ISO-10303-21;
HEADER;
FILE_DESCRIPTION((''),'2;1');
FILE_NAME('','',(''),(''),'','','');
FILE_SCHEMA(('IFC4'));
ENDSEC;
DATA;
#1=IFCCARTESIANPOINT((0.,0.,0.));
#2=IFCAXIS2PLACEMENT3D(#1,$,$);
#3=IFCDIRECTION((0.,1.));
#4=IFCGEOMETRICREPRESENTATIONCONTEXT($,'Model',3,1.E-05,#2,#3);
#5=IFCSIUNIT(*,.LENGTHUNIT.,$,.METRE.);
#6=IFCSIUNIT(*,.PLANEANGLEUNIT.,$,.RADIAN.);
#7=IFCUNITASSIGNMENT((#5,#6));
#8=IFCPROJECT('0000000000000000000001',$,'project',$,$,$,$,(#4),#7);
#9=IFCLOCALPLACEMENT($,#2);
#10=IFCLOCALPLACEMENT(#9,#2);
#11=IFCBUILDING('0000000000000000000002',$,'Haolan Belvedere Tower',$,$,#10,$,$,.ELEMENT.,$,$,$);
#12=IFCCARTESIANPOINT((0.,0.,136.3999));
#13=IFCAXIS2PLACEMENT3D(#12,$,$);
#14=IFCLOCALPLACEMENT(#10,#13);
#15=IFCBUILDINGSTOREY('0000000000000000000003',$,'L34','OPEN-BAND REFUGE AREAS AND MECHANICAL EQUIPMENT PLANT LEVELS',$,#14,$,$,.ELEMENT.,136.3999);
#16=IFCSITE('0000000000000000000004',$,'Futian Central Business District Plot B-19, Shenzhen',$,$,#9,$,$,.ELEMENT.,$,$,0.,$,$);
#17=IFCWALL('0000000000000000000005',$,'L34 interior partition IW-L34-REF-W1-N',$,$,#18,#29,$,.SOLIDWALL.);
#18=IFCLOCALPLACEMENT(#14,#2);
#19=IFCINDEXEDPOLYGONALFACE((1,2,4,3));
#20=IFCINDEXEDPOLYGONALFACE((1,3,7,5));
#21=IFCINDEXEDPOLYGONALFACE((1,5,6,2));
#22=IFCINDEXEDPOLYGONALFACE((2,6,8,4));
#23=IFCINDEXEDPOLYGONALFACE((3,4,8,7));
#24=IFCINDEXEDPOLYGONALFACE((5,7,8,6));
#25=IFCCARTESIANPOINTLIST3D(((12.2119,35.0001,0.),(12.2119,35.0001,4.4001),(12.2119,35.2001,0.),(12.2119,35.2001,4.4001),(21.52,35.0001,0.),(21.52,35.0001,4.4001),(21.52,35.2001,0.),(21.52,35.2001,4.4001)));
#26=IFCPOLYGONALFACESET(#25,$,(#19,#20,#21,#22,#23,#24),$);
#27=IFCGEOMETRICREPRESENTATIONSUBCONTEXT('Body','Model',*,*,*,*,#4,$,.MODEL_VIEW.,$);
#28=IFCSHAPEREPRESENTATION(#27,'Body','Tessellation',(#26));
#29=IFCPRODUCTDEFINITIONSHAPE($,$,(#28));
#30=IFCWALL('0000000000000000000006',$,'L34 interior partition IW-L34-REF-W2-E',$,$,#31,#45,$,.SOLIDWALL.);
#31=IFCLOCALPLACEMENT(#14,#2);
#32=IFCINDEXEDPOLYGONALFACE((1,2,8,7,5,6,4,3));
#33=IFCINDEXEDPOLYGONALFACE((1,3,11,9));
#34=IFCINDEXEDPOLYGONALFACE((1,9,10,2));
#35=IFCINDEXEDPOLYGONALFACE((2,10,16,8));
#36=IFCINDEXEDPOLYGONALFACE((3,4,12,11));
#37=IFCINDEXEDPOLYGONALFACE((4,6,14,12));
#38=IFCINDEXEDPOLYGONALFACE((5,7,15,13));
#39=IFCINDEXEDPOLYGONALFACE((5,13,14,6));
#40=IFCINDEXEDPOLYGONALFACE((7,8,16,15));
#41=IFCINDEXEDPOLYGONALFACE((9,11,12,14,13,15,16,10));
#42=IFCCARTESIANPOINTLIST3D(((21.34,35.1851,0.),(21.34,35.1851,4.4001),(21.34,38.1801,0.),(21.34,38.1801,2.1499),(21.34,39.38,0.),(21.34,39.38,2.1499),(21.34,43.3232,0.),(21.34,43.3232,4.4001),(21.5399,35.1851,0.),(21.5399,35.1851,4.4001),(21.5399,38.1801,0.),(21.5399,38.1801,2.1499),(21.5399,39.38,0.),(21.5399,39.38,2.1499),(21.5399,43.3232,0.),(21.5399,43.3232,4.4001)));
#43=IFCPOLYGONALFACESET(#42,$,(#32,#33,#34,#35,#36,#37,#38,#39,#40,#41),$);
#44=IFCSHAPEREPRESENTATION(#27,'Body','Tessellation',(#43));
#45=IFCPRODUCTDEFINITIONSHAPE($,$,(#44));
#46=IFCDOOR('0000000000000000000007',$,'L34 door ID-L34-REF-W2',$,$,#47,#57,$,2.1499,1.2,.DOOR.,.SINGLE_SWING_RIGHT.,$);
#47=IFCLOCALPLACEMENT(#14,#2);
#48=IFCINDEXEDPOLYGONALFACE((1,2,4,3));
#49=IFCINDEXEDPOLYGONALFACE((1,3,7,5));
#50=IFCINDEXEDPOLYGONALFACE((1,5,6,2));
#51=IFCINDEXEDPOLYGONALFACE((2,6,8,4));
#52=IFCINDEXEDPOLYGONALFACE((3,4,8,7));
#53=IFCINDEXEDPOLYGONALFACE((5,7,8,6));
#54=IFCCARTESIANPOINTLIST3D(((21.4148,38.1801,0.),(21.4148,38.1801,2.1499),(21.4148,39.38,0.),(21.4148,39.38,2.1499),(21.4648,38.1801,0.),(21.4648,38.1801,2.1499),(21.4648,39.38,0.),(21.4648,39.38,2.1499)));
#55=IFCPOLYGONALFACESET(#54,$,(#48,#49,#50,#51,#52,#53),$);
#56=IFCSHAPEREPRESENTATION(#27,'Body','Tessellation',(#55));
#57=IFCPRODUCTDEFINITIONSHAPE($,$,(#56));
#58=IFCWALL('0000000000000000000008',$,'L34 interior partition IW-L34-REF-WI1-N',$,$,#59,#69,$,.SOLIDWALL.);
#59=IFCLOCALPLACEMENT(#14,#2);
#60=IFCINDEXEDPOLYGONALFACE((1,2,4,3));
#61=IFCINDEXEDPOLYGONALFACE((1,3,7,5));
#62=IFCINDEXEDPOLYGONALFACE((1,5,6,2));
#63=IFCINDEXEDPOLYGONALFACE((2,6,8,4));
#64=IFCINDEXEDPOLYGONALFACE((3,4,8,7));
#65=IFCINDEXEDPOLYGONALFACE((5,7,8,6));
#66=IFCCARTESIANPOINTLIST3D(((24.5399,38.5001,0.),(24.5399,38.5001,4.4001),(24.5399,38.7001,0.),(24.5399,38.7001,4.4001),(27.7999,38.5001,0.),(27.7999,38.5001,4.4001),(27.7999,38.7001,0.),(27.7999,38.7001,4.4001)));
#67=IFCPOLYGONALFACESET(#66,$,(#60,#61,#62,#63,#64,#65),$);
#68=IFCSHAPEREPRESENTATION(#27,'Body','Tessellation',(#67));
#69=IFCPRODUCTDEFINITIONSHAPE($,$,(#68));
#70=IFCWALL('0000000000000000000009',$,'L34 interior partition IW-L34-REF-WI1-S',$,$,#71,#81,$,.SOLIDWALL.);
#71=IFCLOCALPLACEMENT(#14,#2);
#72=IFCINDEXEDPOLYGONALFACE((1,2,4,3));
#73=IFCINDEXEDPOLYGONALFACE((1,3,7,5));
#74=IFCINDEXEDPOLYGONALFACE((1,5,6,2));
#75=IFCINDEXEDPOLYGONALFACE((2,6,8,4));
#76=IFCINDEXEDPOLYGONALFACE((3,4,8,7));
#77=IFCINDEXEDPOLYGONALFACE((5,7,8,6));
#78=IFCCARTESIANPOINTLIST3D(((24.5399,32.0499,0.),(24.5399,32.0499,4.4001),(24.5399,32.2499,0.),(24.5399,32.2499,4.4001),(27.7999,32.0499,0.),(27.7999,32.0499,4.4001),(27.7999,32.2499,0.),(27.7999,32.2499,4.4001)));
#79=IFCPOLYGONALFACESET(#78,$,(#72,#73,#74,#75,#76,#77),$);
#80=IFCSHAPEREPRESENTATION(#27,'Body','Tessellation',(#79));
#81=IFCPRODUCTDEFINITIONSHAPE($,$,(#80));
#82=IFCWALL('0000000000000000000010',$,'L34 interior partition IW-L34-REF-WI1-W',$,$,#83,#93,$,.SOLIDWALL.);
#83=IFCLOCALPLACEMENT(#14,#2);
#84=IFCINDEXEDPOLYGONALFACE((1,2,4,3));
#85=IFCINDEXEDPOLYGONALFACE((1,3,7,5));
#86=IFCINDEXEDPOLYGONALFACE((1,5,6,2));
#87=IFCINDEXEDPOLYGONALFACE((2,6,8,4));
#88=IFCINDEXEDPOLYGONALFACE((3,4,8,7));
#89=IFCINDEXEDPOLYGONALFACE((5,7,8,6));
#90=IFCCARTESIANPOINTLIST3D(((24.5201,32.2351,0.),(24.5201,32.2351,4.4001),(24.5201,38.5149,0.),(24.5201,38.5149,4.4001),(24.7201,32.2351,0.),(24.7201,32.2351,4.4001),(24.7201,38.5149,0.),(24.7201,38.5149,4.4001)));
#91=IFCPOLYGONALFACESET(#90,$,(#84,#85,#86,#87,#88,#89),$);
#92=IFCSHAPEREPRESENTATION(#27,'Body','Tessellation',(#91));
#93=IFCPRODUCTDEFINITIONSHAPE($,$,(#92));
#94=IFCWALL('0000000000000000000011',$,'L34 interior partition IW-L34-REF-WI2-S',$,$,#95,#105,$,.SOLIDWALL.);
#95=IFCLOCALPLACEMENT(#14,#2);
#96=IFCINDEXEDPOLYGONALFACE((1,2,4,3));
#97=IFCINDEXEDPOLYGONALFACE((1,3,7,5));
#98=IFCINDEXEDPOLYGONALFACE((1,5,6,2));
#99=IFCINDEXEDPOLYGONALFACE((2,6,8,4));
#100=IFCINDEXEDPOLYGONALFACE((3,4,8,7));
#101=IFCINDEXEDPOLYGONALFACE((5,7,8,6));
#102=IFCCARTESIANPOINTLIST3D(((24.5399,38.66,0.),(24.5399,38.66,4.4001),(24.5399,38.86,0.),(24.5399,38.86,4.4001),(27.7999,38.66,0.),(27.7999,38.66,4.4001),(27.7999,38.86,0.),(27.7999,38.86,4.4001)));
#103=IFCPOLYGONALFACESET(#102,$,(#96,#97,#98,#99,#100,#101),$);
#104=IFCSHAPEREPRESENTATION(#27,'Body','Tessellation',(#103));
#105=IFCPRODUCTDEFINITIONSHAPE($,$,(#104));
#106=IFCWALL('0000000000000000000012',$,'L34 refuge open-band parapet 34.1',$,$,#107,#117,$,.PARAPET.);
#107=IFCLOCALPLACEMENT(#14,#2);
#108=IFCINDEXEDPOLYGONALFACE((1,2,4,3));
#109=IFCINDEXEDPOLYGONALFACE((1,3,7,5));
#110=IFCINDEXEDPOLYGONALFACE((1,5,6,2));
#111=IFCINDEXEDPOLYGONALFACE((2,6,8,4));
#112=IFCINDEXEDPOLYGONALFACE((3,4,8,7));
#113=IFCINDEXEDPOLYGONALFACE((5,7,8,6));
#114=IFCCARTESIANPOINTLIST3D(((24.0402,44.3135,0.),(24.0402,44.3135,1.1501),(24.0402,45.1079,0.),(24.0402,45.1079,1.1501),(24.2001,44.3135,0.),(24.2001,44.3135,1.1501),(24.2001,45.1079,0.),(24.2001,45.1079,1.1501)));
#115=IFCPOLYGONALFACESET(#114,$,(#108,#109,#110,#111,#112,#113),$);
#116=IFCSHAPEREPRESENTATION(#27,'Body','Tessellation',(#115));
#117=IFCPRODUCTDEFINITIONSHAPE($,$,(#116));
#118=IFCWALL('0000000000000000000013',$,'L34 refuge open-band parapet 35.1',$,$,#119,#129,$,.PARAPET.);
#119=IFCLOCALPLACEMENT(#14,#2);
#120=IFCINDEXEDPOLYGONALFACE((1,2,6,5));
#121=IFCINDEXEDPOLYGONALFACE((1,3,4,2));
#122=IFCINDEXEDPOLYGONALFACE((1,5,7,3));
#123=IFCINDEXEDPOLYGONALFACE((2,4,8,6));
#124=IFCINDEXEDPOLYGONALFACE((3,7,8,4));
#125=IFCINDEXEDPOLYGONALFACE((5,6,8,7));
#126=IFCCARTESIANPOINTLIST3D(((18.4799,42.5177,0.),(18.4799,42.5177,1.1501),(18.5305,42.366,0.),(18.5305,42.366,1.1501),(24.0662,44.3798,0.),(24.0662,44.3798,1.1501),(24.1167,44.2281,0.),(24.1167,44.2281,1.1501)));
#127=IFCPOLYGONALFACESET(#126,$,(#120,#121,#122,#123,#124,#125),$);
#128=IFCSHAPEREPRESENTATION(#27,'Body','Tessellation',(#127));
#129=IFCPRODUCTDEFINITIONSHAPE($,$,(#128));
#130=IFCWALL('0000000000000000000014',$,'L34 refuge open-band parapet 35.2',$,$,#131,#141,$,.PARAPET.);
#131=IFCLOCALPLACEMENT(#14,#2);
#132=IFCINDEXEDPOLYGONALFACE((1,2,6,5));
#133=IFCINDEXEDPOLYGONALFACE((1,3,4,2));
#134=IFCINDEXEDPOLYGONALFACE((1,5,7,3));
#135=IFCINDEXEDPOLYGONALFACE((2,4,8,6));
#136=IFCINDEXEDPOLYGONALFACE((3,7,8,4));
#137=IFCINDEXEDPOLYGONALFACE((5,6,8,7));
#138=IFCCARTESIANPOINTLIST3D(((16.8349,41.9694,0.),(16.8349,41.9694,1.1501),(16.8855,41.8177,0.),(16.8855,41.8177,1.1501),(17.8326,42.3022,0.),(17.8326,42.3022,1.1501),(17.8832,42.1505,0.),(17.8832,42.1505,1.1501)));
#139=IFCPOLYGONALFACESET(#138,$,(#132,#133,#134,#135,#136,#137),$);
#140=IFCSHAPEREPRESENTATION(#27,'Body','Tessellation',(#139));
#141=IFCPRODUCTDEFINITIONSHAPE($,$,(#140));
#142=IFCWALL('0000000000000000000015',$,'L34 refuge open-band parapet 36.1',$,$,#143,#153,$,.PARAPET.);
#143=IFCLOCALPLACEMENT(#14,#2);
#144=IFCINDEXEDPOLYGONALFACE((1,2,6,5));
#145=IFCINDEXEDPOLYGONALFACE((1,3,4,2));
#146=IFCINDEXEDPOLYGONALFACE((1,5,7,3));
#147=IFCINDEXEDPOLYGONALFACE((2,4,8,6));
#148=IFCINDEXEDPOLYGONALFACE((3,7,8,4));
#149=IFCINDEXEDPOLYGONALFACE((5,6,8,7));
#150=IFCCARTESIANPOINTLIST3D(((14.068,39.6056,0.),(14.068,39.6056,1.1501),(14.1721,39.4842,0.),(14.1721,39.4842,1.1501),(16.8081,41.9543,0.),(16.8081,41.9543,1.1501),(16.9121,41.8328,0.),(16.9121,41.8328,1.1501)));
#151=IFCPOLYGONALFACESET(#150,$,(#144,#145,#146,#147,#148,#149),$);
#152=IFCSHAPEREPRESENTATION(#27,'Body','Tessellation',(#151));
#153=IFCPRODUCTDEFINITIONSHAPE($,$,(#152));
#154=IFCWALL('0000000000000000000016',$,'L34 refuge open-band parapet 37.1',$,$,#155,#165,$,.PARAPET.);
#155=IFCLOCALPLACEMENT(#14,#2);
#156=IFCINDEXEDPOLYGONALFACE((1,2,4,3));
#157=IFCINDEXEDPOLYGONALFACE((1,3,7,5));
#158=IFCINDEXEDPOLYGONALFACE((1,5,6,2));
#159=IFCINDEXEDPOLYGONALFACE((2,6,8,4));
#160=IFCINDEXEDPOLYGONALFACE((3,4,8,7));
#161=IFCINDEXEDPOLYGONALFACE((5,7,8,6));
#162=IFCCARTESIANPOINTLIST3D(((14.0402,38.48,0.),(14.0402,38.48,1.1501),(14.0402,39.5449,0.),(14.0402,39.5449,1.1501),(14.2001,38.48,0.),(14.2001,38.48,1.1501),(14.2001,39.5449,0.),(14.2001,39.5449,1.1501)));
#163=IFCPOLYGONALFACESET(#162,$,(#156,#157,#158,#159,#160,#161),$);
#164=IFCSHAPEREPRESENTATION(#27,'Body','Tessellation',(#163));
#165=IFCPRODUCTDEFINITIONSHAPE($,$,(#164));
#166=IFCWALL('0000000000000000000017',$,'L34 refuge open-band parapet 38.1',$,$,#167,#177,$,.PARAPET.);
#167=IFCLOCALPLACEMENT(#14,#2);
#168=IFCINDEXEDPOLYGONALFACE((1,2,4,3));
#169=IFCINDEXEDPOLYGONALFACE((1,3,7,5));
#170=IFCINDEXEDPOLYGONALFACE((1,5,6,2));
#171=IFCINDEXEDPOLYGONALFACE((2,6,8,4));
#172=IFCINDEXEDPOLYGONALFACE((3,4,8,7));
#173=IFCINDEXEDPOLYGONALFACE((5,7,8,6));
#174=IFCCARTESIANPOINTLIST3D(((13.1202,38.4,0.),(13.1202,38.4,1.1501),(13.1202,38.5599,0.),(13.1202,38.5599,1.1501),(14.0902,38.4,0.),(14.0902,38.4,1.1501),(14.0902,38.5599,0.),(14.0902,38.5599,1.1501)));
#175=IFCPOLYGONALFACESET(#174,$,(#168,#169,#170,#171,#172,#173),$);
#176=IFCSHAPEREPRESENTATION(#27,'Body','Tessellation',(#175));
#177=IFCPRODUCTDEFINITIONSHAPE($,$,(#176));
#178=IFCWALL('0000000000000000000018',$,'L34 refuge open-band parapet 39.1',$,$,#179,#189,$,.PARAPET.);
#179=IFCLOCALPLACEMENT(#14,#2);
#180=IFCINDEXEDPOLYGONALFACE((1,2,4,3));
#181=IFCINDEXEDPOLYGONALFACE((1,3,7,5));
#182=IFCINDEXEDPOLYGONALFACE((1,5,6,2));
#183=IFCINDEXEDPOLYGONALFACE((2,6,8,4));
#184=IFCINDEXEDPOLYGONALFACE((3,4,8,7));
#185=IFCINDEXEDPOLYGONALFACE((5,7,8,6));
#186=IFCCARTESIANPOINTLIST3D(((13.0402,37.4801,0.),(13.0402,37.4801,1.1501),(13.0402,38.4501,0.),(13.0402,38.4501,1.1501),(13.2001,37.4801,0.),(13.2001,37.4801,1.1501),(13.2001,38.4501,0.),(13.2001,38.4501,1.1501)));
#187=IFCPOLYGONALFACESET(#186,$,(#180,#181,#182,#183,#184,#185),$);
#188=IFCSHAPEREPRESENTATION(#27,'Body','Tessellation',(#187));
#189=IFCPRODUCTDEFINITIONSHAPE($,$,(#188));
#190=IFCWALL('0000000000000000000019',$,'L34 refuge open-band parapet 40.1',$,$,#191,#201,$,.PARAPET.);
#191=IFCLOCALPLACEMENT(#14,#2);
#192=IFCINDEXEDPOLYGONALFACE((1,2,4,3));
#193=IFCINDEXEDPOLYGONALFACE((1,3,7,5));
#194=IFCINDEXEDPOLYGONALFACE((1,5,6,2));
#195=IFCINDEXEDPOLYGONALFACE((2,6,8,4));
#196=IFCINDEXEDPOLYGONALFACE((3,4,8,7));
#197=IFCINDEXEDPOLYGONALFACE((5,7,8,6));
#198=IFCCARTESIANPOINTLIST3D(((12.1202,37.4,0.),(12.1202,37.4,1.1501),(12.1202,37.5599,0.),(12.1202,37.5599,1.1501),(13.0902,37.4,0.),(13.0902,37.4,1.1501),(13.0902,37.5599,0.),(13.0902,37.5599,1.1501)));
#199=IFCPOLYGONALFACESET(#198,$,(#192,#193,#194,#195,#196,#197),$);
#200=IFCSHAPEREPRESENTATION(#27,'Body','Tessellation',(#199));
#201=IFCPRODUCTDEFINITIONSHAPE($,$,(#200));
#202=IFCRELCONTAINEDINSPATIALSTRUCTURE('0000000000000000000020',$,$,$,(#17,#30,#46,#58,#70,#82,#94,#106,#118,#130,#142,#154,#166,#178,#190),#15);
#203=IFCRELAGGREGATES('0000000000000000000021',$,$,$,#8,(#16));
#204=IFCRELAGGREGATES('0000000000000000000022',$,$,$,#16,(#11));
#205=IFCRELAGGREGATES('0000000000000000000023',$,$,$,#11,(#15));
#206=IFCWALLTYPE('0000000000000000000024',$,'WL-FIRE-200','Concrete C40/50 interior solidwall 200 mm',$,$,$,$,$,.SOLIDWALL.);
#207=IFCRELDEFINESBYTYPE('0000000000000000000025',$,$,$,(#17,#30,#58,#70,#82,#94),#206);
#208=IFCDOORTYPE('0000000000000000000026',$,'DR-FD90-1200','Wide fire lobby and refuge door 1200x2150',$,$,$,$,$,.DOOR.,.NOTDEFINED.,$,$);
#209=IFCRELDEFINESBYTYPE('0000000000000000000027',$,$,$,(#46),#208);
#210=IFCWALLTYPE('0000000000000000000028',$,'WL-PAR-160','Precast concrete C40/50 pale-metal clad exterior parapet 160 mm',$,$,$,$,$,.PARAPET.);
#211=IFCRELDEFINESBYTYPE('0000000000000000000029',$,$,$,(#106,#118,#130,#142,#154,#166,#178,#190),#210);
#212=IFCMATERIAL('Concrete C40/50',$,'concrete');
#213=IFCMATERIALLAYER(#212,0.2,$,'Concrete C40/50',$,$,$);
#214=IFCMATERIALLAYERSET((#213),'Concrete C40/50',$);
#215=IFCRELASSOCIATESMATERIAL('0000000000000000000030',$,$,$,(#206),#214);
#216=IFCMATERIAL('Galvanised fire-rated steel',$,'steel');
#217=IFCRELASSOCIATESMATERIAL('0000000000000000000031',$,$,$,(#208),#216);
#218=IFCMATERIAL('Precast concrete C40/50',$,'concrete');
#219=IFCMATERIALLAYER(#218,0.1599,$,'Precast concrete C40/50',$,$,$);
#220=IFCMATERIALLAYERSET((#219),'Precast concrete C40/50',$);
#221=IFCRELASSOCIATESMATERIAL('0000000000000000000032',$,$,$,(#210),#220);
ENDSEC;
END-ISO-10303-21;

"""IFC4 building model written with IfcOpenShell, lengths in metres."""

from ifc_helpers import new_model, si_unit, direction, frame, frame_2d, origin, place, context, subcontext, project, spatial, rectangle, extrude, material, layer, layer_set, type_object, element, fill, save


model = new_model("IFC4")

# Units and contexts
model_context = context("Model", 3, precision=1e-05, world=origin(), true_north=direction((0.0, 1.0)))
body_context = subcontext(model_context, "Body", "Model", "MODEL_VIEW")
ifc_project = project(units=[si_unit("LENGTHUNIT", "METRE"), si_unit("PLANEANGLEUNIT", "RADIAN")], contexts=[model_context])

# Site, building, storey
site_placement = place(None, origin())
site = spatial("IfcSite", under=ifc_project, at=site_placement, Name="Futian Central Business District Plot B-19, Shenzhen", CompositionType="ELEMENT", RefElevation=0.0)
building_placement = place(site_placement, origin())
building = spatial("IfcBuilding", under=site, at=building_placement, Name="Haolan Belvedere Tower", CompositionType="ELEMENT")
storey_placement = place(building_placement, frame((0.0, 0.0, 136.3999)))
storey = spatial("IfcBuildingStorey", under=building, at=storey_placement, Name="L34", Description="OPEN-BAND REFUGE AREAS AND MECHANICAL EQUIPMENT PLANT LEVELS", CompositionType="ELEMENT", Elevation=136.3999)

# Wall
ifc_material_1 = material(Name="Concrete C40/50", Category="concrete")
ifc_layer_1 = layer(ifc_material_1, 0.2, Name="Concrete C40/50")
ifc_layer_set_1 = layer_set([ifc_layer_1], Name="Concrete C40/50")
wall_type_1 = type_object("IfcWallType", Name="WL-FIRE-200", Description="Concrete C40/50 interior solidwall 200 mm", PredefinedType="SOLIDWALL", material=ifc_layer_set_1)
wall_1_placement = place(storey_placement, frame((12.2119, 35.1001, 0.0), z_axis=(0.0, 0.0, 1.0), x_axis=(1.0, 0.0, 0.0)))
element("IfcWall", 1, at=wall_1_placement, inside=storey, type_object=wall_type_1, Name="L34 interior partition IW-L34-REF-W1-N", PredefinedType="SOLIDWALL", context=body_context, shape_type="SweptSolid", body=[
    extrude(rectangle(XDim=9.3081, YDim=0.2, at=frame_2d((4.6541, 0.0))), origin(), (0.0, 0.0, 1.0), 4.4001),
])

# Wall, opening, door
wall_2_placement = place(storey_placement, frame((21.4399, 35.1851, 0.0), z_axis=(0.0, 0.0, 1.0), x_axis=(0.0, 1.0, 0.0)))
wall_2 = element("IfcWall", 2, at=wall_2_placement, inside=storey, type_object=wall_type_1, Name="L34 interior partition IW-L34-REF-W2-E", PredefinedType="SOLIDWALL", context=body_context, shape_type="SweptSolid", body=[
    extrude(rectangle(XDim=8.1382, YDim=0.2, at=frame_2d((4.0691, 0.0))), origin(), (0.0, 0.0, 1.0), 4.4001),
])
opening_placement = place(wall_2_placement, frame((4.1951, 0.0, 0.0), z_axis=(0.0, 0.0, 1.0), x_axis=(-1.0, 0.0, 0.0)))
opening = element("IfcOpeningElement", 3, at=opening_placement, cuts=wall_2, PredefinedType="OPENING", context=body_context, shape_type="SweptSolid", body=[
    extrude(rectangle(XDim=1.2, YDim=2.1499, at=frame_2d((0.6001, 1.075))), frame((0.0, 0.1099, 0.0), z_axis=(0.0, -1.0, 0.0), x_axis=(1.0, 0.0, 0.0)), (0.0, 0.0, 1.0), 0.22),
])
ifc_material_2 = material(Name="Galvanised fire-rated steel", Category="steel")
door_type = type_object("IfcDoorType", Name="DR-FD90-1200", Description="Wide fire lobby and refuge door 1200x2150", OperationType="NOTDEFINED", PredefinedType="DOOR", material=ifc_material_2)
door_placement = place(opening_placement, origin())
door = element("IfcDoor", 4, at=door_placement, inside=storey, type_object=door_type, Name="L34 door ID-L34-REF-W2", OperationType="SINGLE_SWING_RIGHT", OverallHeight=2.1499, OverallWidth=1.2, PredefinedType="DOOR", context=body_context, shape_type="SweptSolid", body=[
    extrude(rectangle(XDim=1.2, YDim=2.1499, at=frame_2d((0.6001, 1.075))), frame((0.0, 0.0249, 0.0), z_axis=(0.0, -1.0, 0.0), x_axis=(1.0, 0.0, 0.0)), (0.0, 0.0, 1.0), 0.05),
])
fill(opening, door)

# Walls
for number, where, z_axis, x_axis, name in (
    (5, (24.54, 38.6001, 0.0), (0.0, 0.0, 1.0), (1.0, 0.0, 0.0), "L34 interior partition IW-L34-REF-WI1-N"),
    (6, (24.54, 32.1499, 0.0), (0.0, 0.0, 1.0), (1.0, 0.0, 0.0), "L34 interior partition IW-L34-REF-WI1-S"),
):
    element("IfcWall", number, at=place(storey_placement, frame(where, z_axis=z_axis, x_axis=x_axis)), inside=storey, type_object=wall_type_1, Name=name, PredefinedType="SOLIDWALL", context=body_context, shape_type="SweptSolid", body=[
        extrude(rectangle(XDim=3.26, YDim=0.2, at=frame_2d((1.6299, 0.0))), origin(), (0.0, 0.0, 1.0), 4.4001),
    ])
wall_3_placement = place(storey_placement, frame((24.6201, 32.2351, 0.0), z_axis=(0.0, 0.0, 1.0), x_axis=(0.0, 1.0, 0.0)))
element("IfcWall", 7, at=wall_3_placement, inside=storey, type_object=wall_type_1, Name="L34 interior partition IW-L34-REF-WI1-W", PredefinedType="SOLIDWALL", context=body_context, shape_type="SweptSolid", body=[
    extrude(rectangle(XDim=6.2798, YDim=0.2, at=frame_2d((3.1399, 0.0))), origin(), (0.0, 0.0, 1.0), 4.4001),
])
wall_4_placement = place(storey_placement, frame((24.54, 38.76, 0.0), z_axis=(0.0, 0.0, 1.0), x_axis=(1.0, 0.0, 0.0)))
element("IfcWall", 8, at=wall_4_placement, inside=storey, type_object=wall_type_1, Name="L34 interior partition IW-L34-REF-WI2-S", PredefinedType="SOLIDWALL", context=body_context, shape_type="SweptSolid", body=[
    extrude(rectangle(XDim=3.26, YDim=0.2, at=frame_2d((1.6299, 0.0))), origin(), (0.0, 0.0, 1.0), 4.4001),
])
ifc_material_3 = material(Name="Precast concrete C40/50", Category="concrete")
ifc_layer_2 = layer(ifc_material_3, 0.1599, Name="Precast concrete C40/50")
ifc_layer_set_2 = layer_set([ifc_layer_2], Name="Precast concrete C40/50")
wall_type_2 = type_object("IfcWallType", Name="WL-PAR-160", Description="Precast concrete C40/50 pale-metal clad exterior parapet 160 mm", PredefinedType="PARAPET", material=ifc_layer_set_2)
wall_5_placement = place(storey_placement, frame((24.1201, 45.1079, 0.0), z_axis=(0.0, 0.0, 1.0), x_axis=(0.0, -1.0, 0.0)))
element("IfcWall", 9, at=wall_5_placement, inside=storey, type_object=wall_type_2, Name="L34 refuge open-band parapet 34.1", PredefinedType="PARAPET", context=body_context, shape_type="SweptSolid", body=[
    extrude(rectangle(XDim=0.7944, YDim=0.1599, at=frame_2d((0.3972, 0.0))), origin(), (0.0, 0.0, 1.0), 1.1501),
])
wall_6_placement = place(storey_placement, frame((24.0916, 44.304, 0.0), z_axis=(0.0, 0.0, 1.0), x_axis=(-0.948683, -0.316228, 0.0)))
element("IfcWall", 10, at=wall_6_placement, inside=storey, type_object=wall_type_2, Name="L34 refuge open-band parapet 35.1", PredefinedType="PARAPET", context=body_context, shape_type="SweptSolid", body=[
    extrude(rectangle(XDim=5.8884, YDim=0.1599, at=frame_2d((2.9443, 0.0))), origin(), (0.0, 0.0, 1.0), 1.1501),
])
wall_7_placement = place(storey_placement, frame((17.8579, 42.2263, 0.0), z_axis=(0.0, 0.0, 1.0), x_axis=(-0.948637, -0.316367, 0.0)))
element("IfcWall", 11, at=wall_7_placement, inside=storey, type_object=wall_type_2, Name="L34 refuge open-band parapet 35.2", PredefinedType="PARAPET", context=body_context, shape_type="SweptSolid", body=[
    extrude(rectangle(XDim=1.0518, YDim=0.1599, at=frame_2d((0.5259, 0.0))), origin(), (0.0, 0.0, 1.0), 1.1501),
])
wall_8_placement = place(storey_placement, frame((16.8601, 41.8936, 0.0), z_axis=(0.0, 0.0, 1.0), x_axis=(-0.759247, -0.650803, 0.0)))
element("IfcWall", 12, at=wall_8_placement, inside=storey, type_object=wall_type_2, Name="L34 refuge open-band parapet 36.1", PredefinedType="PARAPET", context=body_context, shape_type="SweptSolid", body=[
    extrude(rectangle(XDim=3.6089, YDim=0.1599, at=frame_2d((1.8044, 0.0))), origin(), (0.0, 0.0, 1.0), 1.1501),
])
wall_9_placement = place(storey_placement, frame((14.1201, 39.5449, 0.0), z_axis=(0.0, 0.0, 1.0), x_axis=(0.0, -1.0, 0.0)))
element("IfcWall", 13, at=wall_9_placement, inside=storey, type_object=wall_type_2, Name="L34 refuge open-band parapet 37.1", PredefinedType="PARAPET", context=body_context, shape_type="SweptSolid", body=[
    extrude(rectangle(XDim=1.0649, YDim=0.1599, at=frame_2d((0.5325, 0.0))), origin(), (0.0, 0.0, 1.0), 1.1501),
])
for number, where, z_axis, x_axis, name in (
    (14, (14.0901, 38.48, 0.0), (0.0, 0.0, 1.0), (-1.0, 0.0, 0.0), "L34 refuge open-band parapet 38.1"),
    (15, (13.1201, 38.45, 0.0), (0.0, 0.0, 1.0), (0.0, -1.0, 0.0), "L34 refuge open-band parapet 39.1"),
    (16, (13.0901, 37.48, 0.0), (0.0, 0.0, 1.0), (-1.0, 0.0, 0.0), "L34 refuge open-band parapet 40.1"),
):
    element("IfcWall", number, at=place(storey_placement, frame(where, z_axis=z_axis, x_axis=x_axis)), inside=storey, type_object=wall_type_2, Name=name, PredefinedType="PARAPET", context=body_context, shape_type="SweptSolid", body=[
        extrude(rectangle(XDim=0.97, YDim=0.1599, at=frame_2d((0.4849, 0.0))), origin(), (0.0, 0.0, 1.0), 1.1501),
    ])

save(model, "model.ifc")
